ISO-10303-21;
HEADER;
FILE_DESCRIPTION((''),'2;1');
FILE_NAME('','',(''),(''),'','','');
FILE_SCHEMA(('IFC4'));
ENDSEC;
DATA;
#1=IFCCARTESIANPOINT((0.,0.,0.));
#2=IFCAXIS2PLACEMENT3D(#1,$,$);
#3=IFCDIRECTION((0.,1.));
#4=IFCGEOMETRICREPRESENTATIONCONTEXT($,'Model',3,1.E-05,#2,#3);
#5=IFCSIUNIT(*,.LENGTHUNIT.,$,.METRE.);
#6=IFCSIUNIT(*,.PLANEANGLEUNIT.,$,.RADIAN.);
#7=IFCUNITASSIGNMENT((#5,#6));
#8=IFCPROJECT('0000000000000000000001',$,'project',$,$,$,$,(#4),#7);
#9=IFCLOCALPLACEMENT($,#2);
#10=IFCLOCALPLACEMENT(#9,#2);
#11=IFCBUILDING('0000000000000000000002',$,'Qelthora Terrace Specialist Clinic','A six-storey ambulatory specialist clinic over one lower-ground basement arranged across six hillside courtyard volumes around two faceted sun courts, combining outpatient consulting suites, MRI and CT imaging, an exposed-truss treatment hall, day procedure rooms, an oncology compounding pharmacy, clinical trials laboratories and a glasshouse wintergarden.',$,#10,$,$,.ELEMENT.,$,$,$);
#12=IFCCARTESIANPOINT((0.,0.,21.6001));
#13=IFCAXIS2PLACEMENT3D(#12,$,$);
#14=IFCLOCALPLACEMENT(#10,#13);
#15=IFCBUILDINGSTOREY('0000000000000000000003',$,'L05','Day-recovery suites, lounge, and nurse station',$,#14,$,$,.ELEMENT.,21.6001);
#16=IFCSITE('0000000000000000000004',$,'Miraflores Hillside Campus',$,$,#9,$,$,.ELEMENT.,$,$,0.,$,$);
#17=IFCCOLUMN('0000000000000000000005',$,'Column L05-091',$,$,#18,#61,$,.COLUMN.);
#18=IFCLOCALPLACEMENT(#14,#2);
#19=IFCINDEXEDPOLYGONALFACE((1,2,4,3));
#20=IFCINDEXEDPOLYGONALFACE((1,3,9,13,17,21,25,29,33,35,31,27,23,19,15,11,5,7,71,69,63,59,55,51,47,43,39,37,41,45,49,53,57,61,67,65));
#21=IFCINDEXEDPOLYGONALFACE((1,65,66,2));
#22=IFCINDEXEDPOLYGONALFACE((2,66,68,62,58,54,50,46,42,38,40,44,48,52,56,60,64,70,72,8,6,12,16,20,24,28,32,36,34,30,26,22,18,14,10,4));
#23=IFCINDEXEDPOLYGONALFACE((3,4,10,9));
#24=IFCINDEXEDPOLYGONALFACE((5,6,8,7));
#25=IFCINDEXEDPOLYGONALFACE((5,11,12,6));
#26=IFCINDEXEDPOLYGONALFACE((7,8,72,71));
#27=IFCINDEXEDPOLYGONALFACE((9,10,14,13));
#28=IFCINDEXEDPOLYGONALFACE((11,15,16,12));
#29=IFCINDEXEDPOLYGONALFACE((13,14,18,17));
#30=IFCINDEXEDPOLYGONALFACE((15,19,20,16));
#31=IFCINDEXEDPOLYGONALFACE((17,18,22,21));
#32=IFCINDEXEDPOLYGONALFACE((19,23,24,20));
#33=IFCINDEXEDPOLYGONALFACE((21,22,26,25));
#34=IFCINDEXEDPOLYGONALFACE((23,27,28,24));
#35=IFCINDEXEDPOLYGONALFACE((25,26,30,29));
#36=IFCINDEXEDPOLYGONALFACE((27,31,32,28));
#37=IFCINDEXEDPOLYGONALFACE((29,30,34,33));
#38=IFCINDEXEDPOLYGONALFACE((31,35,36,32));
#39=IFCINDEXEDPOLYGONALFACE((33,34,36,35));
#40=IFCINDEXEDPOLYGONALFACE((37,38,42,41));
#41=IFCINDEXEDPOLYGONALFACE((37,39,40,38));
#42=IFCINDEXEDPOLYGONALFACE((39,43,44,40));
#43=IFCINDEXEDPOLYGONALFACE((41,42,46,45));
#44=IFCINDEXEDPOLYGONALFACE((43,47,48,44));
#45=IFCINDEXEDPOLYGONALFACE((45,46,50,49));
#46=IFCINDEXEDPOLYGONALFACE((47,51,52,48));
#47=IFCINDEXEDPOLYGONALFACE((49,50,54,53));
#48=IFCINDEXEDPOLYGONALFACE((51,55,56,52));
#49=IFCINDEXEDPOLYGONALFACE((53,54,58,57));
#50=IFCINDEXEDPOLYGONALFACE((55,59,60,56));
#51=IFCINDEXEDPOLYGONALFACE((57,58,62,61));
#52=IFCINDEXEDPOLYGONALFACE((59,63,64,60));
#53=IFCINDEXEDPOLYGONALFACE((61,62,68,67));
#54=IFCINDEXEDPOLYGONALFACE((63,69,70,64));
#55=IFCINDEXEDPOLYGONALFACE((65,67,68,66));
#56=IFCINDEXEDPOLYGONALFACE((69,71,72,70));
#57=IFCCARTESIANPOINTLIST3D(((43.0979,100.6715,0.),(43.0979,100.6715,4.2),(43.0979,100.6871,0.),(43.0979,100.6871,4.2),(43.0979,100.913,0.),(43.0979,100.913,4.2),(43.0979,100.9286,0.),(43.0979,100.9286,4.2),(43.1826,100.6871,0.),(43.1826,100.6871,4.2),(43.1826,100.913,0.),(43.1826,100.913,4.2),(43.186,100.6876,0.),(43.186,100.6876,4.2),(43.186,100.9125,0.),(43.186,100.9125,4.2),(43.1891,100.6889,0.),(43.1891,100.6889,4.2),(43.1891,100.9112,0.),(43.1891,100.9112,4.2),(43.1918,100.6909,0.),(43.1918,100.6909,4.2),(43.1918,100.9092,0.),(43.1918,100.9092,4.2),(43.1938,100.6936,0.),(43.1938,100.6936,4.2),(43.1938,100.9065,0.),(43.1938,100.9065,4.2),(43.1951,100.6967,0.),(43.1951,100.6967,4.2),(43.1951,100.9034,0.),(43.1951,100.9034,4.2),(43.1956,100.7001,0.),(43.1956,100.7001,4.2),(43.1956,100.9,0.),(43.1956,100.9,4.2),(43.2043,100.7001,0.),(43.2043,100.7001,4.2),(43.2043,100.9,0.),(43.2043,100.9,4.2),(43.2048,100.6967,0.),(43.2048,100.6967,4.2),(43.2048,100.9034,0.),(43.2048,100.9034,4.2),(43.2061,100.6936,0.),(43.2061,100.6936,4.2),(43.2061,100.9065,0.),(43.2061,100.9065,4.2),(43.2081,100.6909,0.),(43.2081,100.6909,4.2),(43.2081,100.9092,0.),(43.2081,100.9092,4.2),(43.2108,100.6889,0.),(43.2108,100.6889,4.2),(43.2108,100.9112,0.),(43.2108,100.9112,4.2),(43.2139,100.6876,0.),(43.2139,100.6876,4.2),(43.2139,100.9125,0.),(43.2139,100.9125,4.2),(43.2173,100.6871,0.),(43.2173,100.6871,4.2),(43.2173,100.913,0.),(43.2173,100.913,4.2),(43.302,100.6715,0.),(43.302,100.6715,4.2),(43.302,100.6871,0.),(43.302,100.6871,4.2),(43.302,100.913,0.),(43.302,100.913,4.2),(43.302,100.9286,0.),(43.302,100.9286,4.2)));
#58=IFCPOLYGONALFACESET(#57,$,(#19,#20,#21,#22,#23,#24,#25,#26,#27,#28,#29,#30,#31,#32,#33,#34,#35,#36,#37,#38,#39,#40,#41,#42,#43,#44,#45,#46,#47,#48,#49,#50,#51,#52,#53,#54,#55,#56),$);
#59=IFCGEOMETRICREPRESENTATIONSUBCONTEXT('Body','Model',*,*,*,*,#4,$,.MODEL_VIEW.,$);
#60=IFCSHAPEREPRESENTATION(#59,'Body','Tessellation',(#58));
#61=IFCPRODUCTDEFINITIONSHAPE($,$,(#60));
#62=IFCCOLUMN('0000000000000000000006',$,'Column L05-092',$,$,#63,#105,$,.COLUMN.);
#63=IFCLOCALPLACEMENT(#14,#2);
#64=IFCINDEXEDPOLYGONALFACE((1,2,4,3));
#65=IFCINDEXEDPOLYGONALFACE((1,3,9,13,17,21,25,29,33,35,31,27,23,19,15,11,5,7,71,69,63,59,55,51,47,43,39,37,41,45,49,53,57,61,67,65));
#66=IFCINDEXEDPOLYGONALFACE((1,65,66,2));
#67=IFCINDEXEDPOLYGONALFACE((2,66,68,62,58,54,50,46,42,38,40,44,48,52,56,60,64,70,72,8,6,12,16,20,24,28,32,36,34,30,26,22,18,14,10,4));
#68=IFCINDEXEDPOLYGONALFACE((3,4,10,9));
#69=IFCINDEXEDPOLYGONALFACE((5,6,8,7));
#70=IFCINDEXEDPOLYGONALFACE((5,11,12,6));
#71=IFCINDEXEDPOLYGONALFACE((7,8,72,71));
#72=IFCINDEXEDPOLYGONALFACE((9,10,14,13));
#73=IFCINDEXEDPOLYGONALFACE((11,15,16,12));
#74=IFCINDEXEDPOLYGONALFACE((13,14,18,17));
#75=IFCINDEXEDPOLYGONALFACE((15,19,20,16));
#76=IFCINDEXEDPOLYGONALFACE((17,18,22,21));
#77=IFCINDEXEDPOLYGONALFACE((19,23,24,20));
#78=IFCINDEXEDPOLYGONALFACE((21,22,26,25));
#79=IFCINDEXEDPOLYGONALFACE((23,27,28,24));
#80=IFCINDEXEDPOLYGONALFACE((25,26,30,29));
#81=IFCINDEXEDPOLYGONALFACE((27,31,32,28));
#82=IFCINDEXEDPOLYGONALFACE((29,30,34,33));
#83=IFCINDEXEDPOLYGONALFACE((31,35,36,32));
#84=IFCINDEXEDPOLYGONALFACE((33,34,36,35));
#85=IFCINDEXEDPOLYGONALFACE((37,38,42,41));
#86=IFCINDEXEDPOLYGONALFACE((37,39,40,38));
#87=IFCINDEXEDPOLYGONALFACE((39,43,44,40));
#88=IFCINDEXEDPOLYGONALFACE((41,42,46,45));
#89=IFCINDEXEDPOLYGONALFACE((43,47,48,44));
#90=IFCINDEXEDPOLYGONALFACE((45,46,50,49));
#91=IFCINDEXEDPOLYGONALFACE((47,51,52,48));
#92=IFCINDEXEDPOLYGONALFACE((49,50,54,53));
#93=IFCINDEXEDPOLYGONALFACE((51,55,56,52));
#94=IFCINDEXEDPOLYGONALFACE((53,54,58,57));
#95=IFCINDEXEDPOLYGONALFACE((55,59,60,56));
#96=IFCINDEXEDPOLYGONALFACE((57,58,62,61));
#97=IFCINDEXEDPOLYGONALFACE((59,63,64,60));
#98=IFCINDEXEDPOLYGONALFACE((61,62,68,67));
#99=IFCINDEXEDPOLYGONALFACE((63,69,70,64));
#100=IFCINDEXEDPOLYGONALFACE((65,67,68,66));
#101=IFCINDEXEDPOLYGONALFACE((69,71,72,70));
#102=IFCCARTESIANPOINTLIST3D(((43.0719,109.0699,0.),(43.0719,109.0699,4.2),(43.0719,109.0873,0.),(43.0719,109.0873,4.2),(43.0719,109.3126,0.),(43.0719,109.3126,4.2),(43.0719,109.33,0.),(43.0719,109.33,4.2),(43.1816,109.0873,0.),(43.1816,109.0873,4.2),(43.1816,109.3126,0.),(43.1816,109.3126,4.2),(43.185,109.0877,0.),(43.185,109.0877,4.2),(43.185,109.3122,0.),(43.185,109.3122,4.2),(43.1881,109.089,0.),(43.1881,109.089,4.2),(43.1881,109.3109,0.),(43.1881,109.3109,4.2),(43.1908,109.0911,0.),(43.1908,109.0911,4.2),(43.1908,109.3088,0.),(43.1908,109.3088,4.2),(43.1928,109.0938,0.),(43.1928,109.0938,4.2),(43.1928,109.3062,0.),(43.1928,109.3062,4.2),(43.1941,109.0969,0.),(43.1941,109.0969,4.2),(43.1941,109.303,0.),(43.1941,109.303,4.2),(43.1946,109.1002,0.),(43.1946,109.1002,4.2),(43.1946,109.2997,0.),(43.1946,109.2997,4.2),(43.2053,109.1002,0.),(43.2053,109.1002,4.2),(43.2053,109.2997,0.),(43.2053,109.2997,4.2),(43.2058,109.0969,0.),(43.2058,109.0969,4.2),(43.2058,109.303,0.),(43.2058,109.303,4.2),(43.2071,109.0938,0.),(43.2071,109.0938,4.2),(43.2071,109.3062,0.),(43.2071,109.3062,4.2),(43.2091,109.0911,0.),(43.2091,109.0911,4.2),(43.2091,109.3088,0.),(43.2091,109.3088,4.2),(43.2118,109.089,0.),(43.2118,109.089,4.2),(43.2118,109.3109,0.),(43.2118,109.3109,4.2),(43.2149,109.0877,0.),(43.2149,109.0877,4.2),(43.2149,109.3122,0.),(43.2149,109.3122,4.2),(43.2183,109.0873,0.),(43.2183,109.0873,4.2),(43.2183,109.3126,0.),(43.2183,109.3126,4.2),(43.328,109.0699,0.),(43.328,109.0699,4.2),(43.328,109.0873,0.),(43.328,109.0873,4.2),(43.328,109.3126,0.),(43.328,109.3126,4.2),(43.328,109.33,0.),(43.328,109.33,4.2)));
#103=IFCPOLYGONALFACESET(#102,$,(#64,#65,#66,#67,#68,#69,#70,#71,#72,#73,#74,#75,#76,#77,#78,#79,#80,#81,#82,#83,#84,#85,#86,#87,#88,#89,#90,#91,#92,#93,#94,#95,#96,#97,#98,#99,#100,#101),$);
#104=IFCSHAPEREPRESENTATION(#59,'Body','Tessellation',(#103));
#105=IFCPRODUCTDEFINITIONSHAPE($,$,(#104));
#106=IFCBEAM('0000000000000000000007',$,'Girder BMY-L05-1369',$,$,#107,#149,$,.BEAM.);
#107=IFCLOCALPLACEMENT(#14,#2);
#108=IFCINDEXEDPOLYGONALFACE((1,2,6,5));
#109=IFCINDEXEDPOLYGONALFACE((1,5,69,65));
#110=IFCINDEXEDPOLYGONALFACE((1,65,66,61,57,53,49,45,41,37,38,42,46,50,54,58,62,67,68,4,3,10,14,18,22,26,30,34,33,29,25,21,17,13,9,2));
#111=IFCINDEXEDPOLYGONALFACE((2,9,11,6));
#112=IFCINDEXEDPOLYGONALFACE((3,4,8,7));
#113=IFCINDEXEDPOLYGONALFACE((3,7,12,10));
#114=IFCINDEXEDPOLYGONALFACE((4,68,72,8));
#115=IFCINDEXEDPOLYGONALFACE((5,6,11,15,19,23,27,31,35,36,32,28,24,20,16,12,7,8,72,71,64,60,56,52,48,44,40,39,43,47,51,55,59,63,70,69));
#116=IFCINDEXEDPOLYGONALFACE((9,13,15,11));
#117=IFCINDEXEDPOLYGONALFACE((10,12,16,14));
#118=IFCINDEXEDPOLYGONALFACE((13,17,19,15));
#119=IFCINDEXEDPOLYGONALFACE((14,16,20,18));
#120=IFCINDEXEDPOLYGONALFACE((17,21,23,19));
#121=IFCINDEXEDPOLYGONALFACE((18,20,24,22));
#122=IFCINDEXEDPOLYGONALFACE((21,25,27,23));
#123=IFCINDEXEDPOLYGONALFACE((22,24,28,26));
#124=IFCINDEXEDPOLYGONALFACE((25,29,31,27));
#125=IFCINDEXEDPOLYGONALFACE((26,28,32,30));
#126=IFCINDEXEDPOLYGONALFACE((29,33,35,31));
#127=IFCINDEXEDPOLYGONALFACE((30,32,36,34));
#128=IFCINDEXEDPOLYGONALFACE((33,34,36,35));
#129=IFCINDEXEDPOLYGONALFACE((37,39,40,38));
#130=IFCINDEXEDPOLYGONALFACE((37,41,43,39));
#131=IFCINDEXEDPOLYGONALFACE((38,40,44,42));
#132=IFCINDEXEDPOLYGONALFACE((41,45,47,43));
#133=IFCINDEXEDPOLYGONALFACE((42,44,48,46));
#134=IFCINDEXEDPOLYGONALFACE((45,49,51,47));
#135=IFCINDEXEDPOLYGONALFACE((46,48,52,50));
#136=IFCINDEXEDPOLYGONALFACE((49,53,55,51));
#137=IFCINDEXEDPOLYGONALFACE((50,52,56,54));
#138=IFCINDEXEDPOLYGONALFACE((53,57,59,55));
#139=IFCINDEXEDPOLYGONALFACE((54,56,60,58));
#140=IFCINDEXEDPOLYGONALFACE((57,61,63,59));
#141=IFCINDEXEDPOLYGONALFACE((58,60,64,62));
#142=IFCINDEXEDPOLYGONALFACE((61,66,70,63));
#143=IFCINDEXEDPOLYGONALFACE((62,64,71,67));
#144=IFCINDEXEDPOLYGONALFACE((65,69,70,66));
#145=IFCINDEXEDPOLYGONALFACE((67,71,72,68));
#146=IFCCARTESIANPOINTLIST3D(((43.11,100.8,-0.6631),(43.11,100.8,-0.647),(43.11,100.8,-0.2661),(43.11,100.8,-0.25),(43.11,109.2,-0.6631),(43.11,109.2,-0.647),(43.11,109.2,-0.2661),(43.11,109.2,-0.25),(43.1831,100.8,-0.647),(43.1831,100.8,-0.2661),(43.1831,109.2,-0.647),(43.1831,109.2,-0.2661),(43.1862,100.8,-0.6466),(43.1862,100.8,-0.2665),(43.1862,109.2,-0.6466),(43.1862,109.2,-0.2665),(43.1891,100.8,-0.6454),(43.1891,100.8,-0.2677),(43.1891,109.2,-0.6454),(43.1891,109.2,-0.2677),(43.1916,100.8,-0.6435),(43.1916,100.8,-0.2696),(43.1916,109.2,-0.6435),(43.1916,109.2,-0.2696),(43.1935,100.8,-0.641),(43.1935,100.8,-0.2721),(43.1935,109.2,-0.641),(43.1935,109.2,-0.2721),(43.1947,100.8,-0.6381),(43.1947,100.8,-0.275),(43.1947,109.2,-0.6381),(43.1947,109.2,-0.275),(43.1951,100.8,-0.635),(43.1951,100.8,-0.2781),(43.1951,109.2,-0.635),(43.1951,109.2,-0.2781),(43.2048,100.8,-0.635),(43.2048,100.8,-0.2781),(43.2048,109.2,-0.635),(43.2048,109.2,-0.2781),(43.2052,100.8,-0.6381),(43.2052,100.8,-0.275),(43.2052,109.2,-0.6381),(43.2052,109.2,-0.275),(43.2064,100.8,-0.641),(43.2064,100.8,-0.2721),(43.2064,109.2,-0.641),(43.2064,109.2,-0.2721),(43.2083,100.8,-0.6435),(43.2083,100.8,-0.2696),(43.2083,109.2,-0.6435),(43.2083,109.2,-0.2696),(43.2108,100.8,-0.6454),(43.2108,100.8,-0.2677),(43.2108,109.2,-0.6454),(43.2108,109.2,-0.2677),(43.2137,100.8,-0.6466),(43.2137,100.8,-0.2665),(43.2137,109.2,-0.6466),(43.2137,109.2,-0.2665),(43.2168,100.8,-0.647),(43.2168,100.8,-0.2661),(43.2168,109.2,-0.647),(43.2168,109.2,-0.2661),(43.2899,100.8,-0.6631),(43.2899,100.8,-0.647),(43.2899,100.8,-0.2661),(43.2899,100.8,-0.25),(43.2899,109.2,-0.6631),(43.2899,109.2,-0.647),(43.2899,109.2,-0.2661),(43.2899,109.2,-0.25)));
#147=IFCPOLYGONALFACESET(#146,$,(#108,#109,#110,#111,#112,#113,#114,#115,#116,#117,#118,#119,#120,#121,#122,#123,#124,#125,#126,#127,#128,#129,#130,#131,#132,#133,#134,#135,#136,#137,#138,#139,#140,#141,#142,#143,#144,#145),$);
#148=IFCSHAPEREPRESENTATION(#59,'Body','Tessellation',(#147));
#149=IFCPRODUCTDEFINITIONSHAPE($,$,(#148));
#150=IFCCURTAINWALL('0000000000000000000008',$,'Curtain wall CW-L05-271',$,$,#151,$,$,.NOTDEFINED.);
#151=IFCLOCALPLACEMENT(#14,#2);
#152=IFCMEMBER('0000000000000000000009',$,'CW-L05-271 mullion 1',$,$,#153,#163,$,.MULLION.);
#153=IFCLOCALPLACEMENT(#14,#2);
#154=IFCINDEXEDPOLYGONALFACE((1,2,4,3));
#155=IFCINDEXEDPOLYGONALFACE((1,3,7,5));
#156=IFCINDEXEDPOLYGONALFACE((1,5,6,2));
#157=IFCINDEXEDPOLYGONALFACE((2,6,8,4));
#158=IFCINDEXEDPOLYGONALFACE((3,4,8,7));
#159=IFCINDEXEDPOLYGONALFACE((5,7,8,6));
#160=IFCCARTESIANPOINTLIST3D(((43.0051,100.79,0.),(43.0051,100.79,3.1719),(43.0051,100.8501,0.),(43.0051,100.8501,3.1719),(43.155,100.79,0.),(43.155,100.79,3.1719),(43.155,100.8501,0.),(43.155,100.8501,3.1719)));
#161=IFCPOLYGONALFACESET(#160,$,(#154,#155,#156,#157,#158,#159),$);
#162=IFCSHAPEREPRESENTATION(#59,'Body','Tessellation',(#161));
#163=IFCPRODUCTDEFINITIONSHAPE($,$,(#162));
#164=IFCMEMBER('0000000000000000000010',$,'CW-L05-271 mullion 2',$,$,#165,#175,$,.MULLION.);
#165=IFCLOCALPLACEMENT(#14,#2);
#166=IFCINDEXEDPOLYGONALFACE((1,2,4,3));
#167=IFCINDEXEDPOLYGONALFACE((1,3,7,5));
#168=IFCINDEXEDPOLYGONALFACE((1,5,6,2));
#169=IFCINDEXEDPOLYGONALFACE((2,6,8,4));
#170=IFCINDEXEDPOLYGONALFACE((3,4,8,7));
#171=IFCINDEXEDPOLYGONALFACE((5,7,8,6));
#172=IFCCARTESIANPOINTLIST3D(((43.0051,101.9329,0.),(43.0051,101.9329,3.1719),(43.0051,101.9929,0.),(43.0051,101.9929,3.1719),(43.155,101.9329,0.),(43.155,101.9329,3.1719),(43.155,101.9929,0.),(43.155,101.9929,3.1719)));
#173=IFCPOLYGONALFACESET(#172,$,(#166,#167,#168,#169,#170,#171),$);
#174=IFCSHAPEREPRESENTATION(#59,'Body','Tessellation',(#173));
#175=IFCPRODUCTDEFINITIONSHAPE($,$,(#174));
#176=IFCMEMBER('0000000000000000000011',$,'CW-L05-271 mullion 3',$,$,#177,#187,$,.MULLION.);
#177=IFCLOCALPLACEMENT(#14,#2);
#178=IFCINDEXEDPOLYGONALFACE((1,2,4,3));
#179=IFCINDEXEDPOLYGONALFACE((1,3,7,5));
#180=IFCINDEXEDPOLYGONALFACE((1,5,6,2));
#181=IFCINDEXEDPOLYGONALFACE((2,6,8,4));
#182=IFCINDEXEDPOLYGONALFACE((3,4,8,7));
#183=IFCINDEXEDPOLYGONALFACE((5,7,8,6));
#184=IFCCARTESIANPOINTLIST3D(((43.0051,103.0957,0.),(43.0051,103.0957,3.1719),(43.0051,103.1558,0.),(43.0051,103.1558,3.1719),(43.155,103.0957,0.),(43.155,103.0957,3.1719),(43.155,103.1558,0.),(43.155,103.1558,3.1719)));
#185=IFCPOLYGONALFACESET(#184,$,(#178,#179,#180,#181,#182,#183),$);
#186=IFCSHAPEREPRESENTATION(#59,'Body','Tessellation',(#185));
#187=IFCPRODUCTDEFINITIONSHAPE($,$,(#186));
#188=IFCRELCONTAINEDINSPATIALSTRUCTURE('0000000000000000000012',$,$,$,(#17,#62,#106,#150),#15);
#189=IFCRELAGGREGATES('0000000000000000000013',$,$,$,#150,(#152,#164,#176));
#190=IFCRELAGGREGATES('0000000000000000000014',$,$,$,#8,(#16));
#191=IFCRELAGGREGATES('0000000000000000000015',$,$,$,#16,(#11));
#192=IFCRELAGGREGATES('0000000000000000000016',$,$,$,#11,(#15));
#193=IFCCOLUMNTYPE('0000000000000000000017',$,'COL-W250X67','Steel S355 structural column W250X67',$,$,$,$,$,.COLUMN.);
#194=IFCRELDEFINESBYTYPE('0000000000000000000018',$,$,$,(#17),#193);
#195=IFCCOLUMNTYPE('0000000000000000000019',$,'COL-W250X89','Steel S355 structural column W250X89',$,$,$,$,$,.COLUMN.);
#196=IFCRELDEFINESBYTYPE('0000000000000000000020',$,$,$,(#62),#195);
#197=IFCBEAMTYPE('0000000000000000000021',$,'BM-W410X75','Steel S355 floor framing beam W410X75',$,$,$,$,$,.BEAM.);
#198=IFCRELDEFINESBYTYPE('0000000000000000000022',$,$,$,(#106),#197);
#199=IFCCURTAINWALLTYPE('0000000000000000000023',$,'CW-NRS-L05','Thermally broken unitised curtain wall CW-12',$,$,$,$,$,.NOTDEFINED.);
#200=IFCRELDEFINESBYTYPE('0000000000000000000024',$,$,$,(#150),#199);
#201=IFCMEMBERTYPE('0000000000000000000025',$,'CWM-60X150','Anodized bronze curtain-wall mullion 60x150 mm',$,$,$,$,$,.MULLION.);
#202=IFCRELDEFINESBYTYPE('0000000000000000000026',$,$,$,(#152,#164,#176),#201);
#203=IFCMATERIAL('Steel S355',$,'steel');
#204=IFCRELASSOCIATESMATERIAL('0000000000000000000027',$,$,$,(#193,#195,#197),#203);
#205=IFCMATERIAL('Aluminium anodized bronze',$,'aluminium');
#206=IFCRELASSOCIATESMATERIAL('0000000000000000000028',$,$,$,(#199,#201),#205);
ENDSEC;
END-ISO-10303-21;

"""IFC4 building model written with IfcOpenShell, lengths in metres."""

from ifc_helpers import new_model, si_unit, direction, frame, origin, origin_2d, place, context, subcontext, project, spatial, rectangle, i_section, extrude, material, material_profile, profile_set, type_object, element, aggregate, save


model = new_model("IFC4")

# Units and contexts
model_context = context("Model", 3, precision=1e-05, world=origin(), true_north=direction((0.0, 1.0)))
body_context = subcontext(model_context, "Body", "Model", "MODEL_VIEW")
ifc_project = project(units=[si_unit("LENGTHUNIT", "METRE"), si_unit("PLANEANGLEUNIT", "RADIAN")], contexts=[model_context])

# Site, building, storey
site_placement = place(None, origin())
site = spatial("IfcSite", under=ifc_project, at=site_placement, Name="Miraflores Hillside Campus", CompositionType="ELEMENT", RefElevation=0.0)
building_placement = place(site_placement, origin())
building = spatial("IfcBuilding", under=site, at=building_placement, Name="Qelthora Terrace Specialist Clinic", Description="A six-storey ambulatory specialist clinic over one lower-ground basement arranged across six hillside courtyard volumes around two faceted sun courts, combining outpatient consulting suites, MRI and CT imaging, an exposed-truss treatment hall, day procedure rooms, an oncology compounding pharmacy, clinical trials laboratories and a glasshouse wintergarden.", CompositionType="ELEMENT")
storey_placement = place(building_placement, frame((0.0, 0.0, 21.6001)))
storey = spatial("IfcBuildingStorey", under=building, at=storey_placement, Name="L05", Description="Day-recovery suites, lounge, and nurse station", CompositionType="ELEMENT", Elevation=21.6001)

# Columns
ifc_material_1 = material(Name="Steel S355", Category="steel")
ifc_material_profile_1 = material_profile(ifc_material_1, i_section(OverallWidth=0.2041, OverallDepth=0.2571, WebThickness=0.0088, FlangeThickness=0.0156, FilletRadius=0.0129, at=origin_2d()), Name="W250X67")
ifc_profile_set_1 = profile_set([ifc_material_profile_1], Name="Steel S355")
column_type_1 = type_object("IfcColumnType", Name="COL-W250X67", Description="Steel S355 structural column W250X67", PredefinedType="COLUMN", material=ifc_profile_set_1)
column_1_placement = place(storey_placement, frame((43.2, 100.8, 0.0), z_axis=(0.0, 0.0, 1.0), x_axis=(1.0, 0.0, 0.0)))
element("IfcColumn", 1, at=column_1_placement, inside=storey, type_object=column_type_1, Name="Column L05-091", PredefinedType="COLUMN", context=body_context, shape_type="SweptSolid", body=[
    extrude(i_section(OverallWidth=0.2041, OverallDepth=0.2571, WebThickness=0.0088, FlangeThickness=0.0156, FilletRadius=0.0129, at=origin_2d()), origin(), (0.0, 0.0, 1.0), 4.2),
])
ifc_material_profile_2 = material_profile(ifc_material_1, i_section(OverallWidth=0.2561, OverallDepth=0.26, WebThickness=0.0107, FlangeThickness=0.0173, FilletRadius=0.0129, at=origin_2d()), Name="W250X89")
ifc_profile_set_2 = profile_set([ifc_material_profile_2], Name="Steel S355")
column_type_2 = type_object("IfcColumnType", Name="COL-W250X89", Description="Steel S355 structural column W250X89", PredefinedType="COLUMN", material=ifc_profile_set_2)
column_2_placement = place(storey_placement, frame((43.2, 109.2, 0.0), z_axis=(0.0, 0.0, 1.0), x_axis=(1.0, 0.0, 0.0)))
element("IfcColumn", 2, at=column_2_placement, inside=storey, type_object=column_type_2, Name="Column L05-092", PredefinedType="COLUMN", context=body_context, shape_type="SweptSolid", body=[
    extrude(i_section(OverallWidth=0.2561, OverallDepth=0.26, WebThickness=0.0107, FlangeThickness=0.0173, FilletRadius=0.0129, at=origin_2d()), origin(), (0.0, 0.0, 1.0), 4.2),
])

# Beam
ifc_material_profile_3 = material_profile(ifc_material_1, i_section(OverallWidth=0.1799, OverallDepth=0.4131, WebThickness=0.0098, FlangeThickness=0.0161, FilletRadius=0.012, at=origin_2d()), Name="W410X75")
ifc_profile_set_3 = profile_set([ifc_material_profile_3], Name="Steel S355")
beam_type = type_object("IfcBeamType", Name="BM-W410X75", Description="Steel S355 floor framing beam W410X75", PredefinedType="BEAM", material=ifc_profile_set_3)
beam_placement = place(storey_placement, frame((43.2, 100.8, -0.4565), z_axis=(0.0, 1.0, 0.0), x_axis=(-1.0, 0.0, 0.0)))
element("IfcBeam", 3, at=beam_placement, inside=storey, type_object=beam_type, Name="Girder BMY-L05-1369", PredefinedType="BEAM", context=body_context, shape_type="SweptSolid", body=[
    extrude(i_section(OverallWidth=0.1799, OverallDepth=0.4131, WebThickness=0.0098, FlangeThickness=0.0161, FilletRadius=0.012, at=origin_2d()), origin(), (0.0, 0.0, 1.0), 8.3999),
])

# Curtain wall, members
ifc_material_2 = material(Name="Aluminium anodized bronze", Category="aluminium")
curtain_wall_type = type_object("IfcCurtainWallType", Name="CW-NRS-L05", Description="Thermally broken unitised curtain wall CW-12", PredefinedType="NOTDEFINED", material=ifc_material_2)
curtain_wall_placement = place(storey_placement, origin())
curtain_wall = element("IfcCurtainWall", 4, at=curtain_wall_placement, inside=storey, type_object=curtain_wall_type, Name="Curtain wall CW-L05-271", PredefinedType="NOTDEFINED")
ifc_material_profile_4 = material_profile(ifc_material_2, rectangle(XDim=0.0601, YDim=0.1499, at=origin_2d()), Name="CWM60X150")
ifc_profile_set_4 = profile_set([ifc_material_profile_4], Name="Aluminium anodized bronze")
member_type_1 = type_object("IfcMemberType", Name="CWM-60X150", Description="Anodized bronze curtain-wall mullion 60x150 mm", PredefinedType="MULLION", material=ifc_profile_set_4)
member_1_placement = place(storey_placement, frame((43.0801, 100.8201, 0.0), z_axis=(0.0, 0.0, 1.0), x_axis=(0.0, 1.0, 0.0)))
member_1 = element("IfcMember", 5, at=member_1_placement, type_object=member_type_1, Name="CW-L05-271 mullion 1", PredefinedType="MULLION", context=body_context, shape_type="SweptSolid", body=[
    extrude(rectangle(XDim=0.0601, YDim=0.1499, at=origin_2d()), origin(), (0.0, 0.0, 1.0), 3.1719),
])
member_2_placement = place(storey_placement, frame((43.0801, 101.9629, 0.0), z_axis=(0.0, 0.0, 1.0), x_axis=(0.0, 1.0, 0.0)))
member_2 = element("IfcMember", 6, at=member_2_placement, type_object=member_type_1, Name="CW-L05-271 mullion 2", PredefinedType="MULLION", context=body_context, shape_type="SweptSolid", body=[
    extrude(rectangle(XDim=0.0601, YDim=0.1499, at=origin_2d()), origin(), (0.0, 0.0, 1.0), 3.1719),
])
member_3_placement = place(storey_placement, frame((43.0801, 103.1257, 0.0), z_axis=(0.0, 0.0, 1.0), x_axis=(0.0, 1.0, 0.0)))
member_3 = element("IfcMember", 7, at=member_3_placement, type_object=member_type_1, Name="CW-L05-271 mullion 3", PredefinedType="MULLION", context=body_context, shape_type="SweptSolid", body=[
    extrude(rectangle(XDim=0.0601, YDim=0.1499, at=origin_2d()), origin(), (0.0, 0.0, 1.0), 3.1719),
])
aggregate(curtain_wall, [member_1, member_2, member_3])

save(model, "model.ifc")
